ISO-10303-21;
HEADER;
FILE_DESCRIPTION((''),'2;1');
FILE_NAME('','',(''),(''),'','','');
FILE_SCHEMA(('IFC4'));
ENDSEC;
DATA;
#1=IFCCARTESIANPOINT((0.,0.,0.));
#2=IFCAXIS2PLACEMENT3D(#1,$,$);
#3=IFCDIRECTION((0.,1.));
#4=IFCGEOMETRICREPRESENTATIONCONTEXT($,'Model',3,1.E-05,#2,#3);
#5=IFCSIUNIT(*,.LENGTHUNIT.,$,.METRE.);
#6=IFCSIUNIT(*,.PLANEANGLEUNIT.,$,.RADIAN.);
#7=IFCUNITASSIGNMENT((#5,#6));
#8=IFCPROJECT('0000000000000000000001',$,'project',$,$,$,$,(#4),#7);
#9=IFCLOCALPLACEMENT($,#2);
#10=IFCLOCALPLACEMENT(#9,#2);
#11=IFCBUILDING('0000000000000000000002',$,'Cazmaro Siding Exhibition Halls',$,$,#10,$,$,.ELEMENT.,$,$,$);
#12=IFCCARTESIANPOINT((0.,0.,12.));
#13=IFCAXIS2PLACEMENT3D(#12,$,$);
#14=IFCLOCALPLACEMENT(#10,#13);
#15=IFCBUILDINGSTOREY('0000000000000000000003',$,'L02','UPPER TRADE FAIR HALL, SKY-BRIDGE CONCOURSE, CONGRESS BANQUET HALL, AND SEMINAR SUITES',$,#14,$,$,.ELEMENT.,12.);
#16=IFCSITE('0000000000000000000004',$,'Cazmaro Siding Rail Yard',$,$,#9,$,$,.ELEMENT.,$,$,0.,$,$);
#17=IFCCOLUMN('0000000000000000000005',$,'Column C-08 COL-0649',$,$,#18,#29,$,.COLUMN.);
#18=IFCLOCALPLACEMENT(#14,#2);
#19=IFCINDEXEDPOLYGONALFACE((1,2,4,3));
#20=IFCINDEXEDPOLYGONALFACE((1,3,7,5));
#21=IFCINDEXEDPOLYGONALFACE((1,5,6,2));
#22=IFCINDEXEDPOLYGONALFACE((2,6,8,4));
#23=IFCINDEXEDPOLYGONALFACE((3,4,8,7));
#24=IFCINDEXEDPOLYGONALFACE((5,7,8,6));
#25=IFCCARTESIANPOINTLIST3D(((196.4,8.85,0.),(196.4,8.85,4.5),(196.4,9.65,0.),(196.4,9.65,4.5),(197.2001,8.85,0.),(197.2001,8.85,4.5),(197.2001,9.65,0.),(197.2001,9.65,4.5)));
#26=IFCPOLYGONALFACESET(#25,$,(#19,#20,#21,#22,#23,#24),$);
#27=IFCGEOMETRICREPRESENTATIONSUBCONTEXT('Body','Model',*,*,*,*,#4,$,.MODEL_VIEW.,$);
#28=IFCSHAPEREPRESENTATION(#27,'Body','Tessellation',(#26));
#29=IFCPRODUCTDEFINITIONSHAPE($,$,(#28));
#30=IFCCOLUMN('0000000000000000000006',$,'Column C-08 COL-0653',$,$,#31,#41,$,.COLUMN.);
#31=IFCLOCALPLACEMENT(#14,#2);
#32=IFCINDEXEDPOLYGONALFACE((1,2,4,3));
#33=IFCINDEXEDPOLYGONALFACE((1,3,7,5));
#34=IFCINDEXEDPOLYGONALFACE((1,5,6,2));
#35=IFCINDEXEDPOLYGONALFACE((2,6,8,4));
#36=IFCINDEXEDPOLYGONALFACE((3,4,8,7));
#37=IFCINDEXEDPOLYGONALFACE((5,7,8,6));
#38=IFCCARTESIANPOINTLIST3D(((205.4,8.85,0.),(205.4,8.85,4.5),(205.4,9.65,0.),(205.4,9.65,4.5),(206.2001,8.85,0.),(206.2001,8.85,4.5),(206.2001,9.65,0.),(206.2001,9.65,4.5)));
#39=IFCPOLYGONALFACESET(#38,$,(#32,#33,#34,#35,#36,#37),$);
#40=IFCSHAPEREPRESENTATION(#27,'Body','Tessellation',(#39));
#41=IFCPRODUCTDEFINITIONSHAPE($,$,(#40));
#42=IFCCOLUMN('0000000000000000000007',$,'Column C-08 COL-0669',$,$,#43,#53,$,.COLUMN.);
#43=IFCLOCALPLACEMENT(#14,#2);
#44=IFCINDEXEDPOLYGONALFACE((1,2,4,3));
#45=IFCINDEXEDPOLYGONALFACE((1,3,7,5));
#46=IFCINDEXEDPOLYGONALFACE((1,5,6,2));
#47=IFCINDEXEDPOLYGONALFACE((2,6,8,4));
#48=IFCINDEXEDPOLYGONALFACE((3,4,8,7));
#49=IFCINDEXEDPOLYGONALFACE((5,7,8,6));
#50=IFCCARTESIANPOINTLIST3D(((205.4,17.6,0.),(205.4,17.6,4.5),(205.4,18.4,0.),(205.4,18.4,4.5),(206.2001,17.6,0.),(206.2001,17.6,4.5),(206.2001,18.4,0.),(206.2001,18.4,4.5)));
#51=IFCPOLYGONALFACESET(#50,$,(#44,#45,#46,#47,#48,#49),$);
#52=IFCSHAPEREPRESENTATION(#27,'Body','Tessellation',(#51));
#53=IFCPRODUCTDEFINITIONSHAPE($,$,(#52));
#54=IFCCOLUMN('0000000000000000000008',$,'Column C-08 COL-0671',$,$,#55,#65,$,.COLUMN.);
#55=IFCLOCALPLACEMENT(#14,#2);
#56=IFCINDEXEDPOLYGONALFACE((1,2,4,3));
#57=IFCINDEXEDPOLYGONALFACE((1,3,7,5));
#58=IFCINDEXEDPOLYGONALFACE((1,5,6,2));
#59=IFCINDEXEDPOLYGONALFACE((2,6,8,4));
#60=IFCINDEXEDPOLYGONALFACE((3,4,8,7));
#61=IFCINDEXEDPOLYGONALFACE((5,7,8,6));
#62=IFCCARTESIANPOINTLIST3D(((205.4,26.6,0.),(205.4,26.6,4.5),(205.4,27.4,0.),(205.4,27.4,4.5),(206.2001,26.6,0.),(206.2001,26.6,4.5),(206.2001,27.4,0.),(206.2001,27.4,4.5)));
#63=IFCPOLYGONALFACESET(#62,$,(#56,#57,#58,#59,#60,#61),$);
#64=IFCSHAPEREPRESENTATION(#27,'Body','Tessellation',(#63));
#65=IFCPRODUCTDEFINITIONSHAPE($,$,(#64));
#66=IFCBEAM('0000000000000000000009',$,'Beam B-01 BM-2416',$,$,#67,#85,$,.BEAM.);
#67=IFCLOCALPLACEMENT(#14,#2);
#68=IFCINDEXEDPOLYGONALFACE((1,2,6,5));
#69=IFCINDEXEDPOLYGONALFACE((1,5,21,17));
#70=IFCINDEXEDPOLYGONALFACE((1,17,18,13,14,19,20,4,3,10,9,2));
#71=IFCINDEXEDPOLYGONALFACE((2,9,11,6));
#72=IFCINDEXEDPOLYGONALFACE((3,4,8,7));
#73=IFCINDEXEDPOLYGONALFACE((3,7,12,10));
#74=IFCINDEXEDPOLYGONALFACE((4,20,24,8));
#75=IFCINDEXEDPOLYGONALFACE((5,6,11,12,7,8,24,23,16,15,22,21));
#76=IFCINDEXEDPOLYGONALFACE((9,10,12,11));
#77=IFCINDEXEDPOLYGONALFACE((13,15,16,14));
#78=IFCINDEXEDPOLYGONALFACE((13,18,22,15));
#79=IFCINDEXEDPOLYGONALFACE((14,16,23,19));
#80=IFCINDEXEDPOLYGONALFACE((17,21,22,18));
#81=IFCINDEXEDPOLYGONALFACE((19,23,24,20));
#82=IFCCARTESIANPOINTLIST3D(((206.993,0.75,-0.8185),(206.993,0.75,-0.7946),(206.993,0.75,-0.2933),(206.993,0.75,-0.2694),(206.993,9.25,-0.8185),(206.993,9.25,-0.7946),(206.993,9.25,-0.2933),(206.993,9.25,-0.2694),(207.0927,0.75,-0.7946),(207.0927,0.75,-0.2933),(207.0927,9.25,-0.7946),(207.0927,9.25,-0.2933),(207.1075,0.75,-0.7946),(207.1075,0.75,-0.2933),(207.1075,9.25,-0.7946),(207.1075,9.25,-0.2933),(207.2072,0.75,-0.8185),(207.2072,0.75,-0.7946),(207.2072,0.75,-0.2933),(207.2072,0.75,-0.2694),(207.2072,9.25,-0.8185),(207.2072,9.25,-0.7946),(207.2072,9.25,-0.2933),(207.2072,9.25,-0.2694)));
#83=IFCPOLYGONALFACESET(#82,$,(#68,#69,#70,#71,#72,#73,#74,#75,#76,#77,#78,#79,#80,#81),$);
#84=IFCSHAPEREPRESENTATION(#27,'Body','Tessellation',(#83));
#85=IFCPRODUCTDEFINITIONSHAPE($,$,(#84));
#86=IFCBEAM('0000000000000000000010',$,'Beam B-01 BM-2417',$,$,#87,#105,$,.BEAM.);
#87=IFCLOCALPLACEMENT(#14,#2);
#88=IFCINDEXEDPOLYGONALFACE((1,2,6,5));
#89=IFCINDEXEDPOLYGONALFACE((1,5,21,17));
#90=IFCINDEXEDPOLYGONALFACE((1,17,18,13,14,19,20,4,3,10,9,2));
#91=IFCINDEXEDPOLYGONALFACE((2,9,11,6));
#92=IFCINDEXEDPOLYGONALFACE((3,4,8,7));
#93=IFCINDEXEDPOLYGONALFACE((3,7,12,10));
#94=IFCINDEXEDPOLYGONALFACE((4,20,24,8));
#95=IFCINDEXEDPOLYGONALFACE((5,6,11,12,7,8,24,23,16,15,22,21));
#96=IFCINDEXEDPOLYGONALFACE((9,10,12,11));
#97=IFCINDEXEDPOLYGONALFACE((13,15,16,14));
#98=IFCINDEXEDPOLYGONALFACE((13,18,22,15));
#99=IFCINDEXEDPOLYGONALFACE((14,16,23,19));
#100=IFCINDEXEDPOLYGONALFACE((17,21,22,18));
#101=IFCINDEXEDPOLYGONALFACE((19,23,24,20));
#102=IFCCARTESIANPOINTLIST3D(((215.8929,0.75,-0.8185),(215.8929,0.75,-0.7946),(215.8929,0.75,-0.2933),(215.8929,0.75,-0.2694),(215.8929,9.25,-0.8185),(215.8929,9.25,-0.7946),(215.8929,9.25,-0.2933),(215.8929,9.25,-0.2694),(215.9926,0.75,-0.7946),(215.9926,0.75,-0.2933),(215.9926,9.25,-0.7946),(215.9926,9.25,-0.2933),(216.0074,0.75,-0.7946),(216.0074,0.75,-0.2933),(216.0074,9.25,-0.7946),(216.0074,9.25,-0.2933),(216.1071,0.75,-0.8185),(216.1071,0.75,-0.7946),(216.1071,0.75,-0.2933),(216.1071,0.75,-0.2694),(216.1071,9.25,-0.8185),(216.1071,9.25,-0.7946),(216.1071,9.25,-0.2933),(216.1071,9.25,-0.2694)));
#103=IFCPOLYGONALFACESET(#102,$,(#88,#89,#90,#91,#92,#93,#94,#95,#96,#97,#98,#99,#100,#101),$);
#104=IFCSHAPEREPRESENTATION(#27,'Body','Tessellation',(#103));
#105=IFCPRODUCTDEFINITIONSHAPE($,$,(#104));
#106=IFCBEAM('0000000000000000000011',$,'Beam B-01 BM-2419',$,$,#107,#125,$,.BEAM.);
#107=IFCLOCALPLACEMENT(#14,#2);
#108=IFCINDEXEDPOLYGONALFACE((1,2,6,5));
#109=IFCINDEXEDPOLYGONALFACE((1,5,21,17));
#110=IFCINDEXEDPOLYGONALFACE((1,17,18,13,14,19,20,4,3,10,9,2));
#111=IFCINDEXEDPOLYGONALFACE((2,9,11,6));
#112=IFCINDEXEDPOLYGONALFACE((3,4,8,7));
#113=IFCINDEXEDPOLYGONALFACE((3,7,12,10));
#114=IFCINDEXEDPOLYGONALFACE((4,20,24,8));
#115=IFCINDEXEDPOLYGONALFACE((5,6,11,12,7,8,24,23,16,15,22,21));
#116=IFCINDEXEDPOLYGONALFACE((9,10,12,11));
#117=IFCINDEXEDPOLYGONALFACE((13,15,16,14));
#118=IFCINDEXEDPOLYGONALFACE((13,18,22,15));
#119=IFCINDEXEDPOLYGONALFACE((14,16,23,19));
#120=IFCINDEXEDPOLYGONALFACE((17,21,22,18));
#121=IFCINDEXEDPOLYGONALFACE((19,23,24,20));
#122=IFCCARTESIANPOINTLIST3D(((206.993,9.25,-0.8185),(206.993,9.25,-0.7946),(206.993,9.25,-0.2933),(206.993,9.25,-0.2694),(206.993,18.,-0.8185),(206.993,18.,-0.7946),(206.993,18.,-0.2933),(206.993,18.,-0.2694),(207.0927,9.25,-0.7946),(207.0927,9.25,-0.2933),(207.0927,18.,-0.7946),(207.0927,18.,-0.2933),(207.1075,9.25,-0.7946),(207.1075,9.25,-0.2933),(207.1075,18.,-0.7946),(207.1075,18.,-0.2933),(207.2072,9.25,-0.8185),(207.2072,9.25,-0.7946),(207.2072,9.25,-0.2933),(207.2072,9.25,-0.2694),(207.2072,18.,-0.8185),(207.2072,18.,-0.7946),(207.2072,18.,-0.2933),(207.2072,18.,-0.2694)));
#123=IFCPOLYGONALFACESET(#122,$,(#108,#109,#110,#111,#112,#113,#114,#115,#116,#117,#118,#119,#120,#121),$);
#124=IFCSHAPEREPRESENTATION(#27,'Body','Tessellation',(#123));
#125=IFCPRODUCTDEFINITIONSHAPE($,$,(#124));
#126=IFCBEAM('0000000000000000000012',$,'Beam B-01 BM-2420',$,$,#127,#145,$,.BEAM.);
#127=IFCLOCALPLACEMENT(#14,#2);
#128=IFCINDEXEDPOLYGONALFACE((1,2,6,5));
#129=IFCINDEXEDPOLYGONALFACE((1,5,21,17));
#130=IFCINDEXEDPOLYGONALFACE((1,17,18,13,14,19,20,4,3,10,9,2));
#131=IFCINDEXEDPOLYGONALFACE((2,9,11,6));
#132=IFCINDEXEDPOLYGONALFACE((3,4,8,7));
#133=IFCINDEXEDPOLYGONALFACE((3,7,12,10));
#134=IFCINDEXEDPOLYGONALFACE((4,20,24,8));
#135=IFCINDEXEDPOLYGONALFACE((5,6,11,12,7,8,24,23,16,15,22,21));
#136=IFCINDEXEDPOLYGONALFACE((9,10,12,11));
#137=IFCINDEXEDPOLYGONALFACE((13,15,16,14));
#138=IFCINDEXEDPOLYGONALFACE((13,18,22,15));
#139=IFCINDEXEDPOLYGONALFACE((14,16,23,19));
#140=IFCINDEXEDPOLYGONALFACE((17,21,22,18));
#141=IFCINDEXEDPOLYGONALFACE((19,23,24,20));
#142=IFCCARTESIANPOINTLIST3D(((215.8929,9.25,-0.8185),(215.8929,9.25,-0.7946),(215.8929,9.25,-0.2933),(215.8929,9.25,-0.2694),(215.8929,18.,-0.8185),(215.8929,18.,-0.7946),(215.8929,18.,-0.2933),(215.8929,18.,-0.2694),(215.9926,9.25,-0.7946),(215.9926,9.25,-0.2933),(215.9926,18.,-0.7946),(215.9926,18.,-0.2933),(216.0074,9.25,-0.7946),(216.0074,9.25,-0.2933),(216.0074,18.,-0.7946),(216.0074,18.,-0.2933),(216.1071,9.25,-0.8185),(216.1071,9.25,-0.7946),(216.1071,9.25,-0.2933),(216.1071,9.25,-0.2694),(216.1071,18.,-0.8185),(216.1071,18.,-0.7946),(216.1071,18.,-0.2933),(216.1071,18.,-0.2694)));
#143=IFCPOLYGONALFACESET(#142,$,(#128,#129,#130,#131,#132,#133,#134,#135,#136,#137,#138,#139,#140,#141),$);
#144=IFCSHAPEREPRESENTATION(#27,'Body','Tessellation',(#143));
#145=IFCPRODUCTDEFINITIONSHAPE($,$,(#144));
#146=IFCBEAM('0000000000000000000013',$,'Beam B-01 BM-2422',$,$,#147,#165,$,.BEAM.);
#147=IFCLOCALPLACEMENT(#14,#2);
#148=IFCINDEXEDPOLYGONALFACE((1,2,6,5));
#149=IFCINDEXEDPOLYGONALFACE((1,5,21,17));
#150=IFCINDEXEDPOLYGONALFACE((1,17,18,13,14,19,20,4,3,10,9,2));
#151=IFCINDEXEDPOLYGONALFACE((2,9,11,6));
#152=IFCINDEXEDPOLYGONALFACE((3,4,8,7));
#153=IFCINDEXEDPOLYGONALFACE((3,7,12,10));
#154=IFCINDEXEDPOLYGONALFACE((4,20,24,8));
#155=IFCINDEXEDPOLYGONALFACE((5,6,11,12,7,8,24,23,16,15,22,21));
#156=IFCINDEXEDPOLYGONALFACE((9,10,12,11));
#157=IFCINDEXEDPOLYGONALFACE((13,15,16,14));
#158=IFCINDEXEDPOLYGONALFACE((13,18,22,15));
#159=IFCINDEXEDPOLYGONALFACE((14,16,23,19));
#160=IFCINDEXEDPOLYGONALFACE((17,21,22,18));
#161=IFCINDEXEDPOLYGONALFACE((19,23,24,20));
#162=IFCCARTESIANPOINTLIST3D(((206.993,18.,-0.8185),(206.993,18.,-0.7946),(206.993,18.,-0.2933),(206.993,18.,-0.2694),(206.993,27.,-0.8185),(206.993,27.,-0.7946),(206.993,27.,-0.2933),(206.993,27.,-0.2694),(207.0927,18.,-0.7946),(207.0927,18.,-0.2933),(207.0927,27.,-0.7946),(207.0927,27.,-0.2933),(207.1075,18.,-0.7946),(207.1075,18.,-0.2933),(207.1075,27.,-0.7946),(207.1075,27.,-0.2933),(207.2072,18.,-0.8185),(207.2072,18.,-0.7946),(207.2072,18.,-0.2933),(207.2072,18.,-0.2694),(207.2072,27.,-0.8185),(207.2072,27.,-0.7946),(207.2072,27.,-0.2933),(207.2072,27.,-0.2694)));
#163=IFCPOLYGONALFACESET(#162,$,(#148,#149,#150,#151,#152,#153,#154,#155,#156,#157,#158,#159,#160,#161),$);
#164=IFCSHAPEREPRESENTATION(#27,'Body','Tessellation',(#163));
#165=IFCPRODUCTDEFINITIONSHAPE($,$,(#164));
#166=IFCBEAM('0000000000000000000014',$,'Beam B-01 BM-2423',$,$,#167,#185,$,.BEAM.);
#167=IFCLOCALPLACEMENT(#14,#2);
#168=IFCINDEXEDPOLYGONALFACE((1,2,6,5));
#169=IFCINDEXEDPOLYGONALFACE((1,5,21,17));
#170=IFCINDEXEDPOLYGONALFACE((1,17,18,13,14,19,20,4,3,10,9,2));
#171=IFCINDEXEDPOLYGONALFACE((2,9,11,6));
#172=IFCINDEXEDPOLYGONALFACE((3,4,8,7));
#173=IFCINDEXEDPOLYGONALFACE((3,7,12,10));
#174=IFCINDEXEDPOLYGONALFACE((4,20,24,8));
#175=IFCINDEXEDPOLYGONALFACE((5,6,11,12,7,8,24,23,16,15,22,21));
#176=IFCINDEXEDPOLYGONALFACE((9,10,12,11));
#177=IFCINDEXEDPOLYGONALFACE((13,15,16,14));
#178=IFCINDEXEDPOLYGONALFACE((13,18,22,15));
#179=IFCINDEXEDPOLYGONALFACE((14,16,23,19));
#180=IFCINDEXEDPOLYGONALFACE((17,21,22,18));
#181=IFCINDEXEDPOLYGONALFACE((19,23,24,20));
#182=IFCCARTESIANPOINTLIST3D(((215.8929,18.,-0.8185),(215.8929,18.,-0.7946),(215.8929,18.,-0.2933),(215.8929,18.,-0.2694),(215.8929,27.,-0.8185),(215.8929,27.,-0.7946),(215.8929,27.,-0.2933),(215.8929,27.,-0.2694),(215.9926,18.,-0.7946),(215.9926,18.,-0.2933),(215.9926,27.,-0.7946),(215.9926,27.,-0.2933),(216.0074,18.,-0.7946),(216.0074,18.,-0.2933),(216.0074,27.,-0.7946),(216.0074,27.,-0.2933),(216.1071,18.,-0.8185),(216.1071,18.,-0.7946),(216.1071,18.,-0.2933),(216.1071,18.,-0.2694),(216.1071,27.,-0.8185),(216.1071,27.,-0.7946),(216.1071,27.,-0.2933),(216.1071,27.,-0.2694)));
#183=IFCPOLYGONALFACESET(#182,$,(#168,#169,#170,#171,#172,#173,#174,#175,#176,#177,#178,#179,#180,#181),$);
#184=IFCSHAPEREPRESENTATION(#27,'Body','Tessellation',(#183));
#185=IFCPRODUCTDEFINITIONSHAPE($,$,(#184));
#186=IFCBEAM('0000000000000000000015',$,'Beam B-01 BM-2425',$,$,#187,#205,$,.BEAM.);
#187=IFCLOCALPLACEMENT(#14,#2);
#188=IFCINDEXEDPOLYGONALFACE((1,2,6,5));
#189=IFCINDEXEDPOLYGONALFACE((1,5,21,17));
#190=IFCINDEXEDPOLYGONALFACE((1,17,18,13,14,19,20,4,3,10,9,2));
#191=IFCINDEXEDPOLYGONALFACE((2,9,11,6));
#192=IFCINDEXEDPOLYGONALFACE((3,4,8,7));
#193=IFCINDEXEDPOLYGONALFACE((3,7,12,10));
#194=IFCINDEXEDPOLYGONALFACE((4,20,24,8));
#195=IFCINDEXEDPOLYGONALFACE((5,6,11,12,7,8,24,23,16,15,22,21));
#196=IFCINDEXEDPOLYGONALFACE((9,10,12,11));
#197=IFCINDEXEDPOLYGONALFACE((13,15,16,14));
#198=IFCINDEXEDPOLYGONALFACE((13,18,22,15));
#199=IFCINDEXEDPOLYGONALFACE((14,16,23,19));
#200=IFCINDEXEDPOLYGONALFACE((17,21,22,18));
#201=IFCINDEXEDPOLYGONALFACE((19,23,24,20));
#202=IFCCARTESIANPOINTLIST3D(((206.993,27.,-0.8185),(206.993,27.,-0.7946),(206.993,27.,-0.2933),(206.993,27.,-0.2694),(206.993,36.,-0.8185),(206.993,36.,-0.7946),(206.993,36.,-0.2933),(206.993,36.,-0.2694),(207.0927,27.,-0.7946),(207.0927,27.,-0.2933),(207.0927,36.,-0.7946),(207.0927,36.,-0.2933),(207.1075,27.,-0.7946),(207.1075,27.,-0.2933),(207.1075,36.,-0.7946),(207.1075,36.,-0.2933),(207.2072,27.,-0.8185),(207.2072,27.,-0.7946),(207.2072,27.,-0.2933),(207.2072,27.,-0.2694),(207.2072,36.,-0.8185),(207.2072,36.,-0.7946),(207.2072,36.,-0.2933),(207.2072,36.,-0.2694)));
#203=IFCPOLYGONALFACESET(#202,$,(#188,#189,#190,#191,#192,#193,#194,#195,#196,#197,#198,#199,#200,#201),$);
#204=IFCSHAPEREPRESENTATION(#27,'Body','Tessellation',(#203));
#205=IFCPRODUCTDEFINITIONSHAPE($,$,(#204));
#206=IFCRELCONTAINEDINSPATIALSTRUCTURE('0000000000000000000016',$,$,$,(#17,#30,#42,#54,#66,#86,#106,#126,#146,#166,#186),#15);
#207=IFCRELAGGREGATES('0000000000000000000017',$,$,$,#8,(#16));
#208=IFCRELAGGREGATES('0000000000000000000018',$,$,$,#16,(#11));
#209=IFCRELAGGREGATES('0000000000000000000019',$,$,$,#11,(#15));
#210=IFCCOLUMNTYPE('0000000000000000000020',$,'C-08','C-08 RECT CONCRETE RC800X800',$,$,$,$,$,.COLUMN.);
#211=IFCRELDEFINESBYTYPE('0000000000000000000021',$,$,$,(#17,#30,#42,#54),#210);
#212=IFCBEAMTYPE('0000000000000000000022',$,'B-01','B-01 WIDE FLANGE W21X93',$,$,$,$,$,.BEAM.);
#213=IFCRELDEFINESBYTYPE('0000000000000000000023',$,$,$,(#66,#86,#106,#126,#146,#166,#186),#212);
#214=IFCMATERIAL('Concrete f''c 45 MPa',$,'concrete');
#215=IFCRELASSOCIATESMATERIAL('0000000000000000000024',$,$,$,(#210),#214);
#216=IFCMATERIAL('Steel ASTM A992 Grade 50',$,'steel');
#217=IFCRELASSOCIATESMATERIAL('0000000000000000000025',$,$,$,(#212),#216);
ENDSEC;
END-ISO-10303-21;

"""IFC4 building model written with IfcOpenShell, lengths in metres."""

from ifc_helpers import new_model, si_unit, direction, frame, origin, origin_2d, place, context, subcontext, project, spatial, rectangle, i_section, extrude, material, material_profile, profile_set, type_object, element, save


model = new_model("IFC4")

# Units and contexts
model_context = context("Model", 3, precision=1e-05, world=origin(), true_north=direction((0.0, 1.0)))
body_context = subcontext(model_context, "Body", "Model", "MODEL_VIEW")
ifc_project = project(units=[si_unit("LENGTHUNIT", "METRE"), si_unit("PLANEANGLEUNIT", "RADIAN")], contexts=[model_context])

# Site, building, storey
site_placement = place(None, origin())
site = spatial("IfcSite", under=ifc_project, at=site_placement, Name="Cazmaro Siding Rail Yard", CompositionType="ELEMENT", RefElevation=0.0)
building_placement = place(site_placement, origin())
building = spatial("IfcBuilding", under=site, at=building_placement, Name="Cazmaro Siding Exhibition Halls", CompositionType="ELEMENT")
storey_placement = place(building_placement, frame((0.0, 0.0, 12.0)))
storey = spatial("IfcBuildingStorey", under=building, at=storey_placement, Name="L02", Description="UPPER TRADE FAIR HALL, SKY-BRIDGE CONCOURSE, CONGRESS BANQUET HALL, AND SEMINAR SUITES", CompositionType="ELEMENT", Elevation=12.0)

# Columns
ifc_material_1 = material(Name="Concrete f'c 45 MPa", Category="concrete")
ifc_material_profile_1 = material_profile(ifc_material_1, rectangle(XDim=0.8, YDim=0.8, at=origin_2d()), Name="RC800X800")
ifc_profile_set_1 = profile_set([ifc_material_profile_1], Name="Concrete f'c 45 MPa")
column_type = type_object("IfcColumnType", Name="C-08", Description="C-08 RECT CONCRETE RC800X800", PredefinedType="COLUMN", material=ifc_profile_set_1)
for number, where, z_axis, x_axis, name in (
    (1, (196.8, 9.25, 0.0), (0.0, 0.0, 1.0), (1.0, 0.0, 0.0), "Column C-08 COL-0649"),
    (2, (205.8, 9.25, 0.0), (0.0, 0.0, 1.0), (1.0, 0.0, 0.0), "Column C-08 COL-0653"),
    (3, (205.8, 18.0, 0.0), (0.0, 0.0, 1.0), (1.0, 0.0, 0.0), "Column C-08 COL-0669"),
    (4, (205.8, 27.0, 0.0), (0.0, 0.0, 1.0), (1.0, 0.0, 0.0), "Column C-08 COL-0671"),
):
    element("IfcColumn", number, at=place(storey_placement, frame(where, z_axis=z_axis, x_axis=x_axis)), inside=storey, type_object=column_type, Name=name, PredefinedType="COLUMN", context=body_context, shape_type="SweptSolid", body=[
        extrude(rectangle(XDim=0.8, YDim=0.8, at=origin_2d()), origin(), (0.0, 0.0, 1.0), 4.5),
    ])

# Beams
ifc_material_2 = material(Name="Steel ASTM A992 Grade 50", Category="steel")
ifc_material_profile_2 = material_profile(ifc_material_2, i_section(OverallWidth=0.2141, OverallDepth=0.5491, WebThickness=0.0149, FlangeThickness=0.0239, at=origin_2d()), Name="W21X93")
ifc_profile_set_2 = profile_set([ifc_material_profile_2], Name="Steel ASTM A992 Grade 50")
beam_type_1 = type_object("IfcBeamType", Name="B-01", Description="B-01 WIDE FLANGE W21X93", PredefinedType="BEAM", material=ifc_profile_set_2)
for number, where, z_axis, x_axis, name in (
    (5, (207.1001, 0.75, -0.5439), (0.0, 1.0, 0.0), (-1.0, 0.0, 0.0), "Beam B-01 BM-2416"),
    (6, (216.0, 0.75, -0.5439), (0.0, 1.0, 0.0), (-1.0, 0.0, 0.0), "Beam B-01 BM-2417"),
):
    element("IfcBeam", number, at=place(storey_placement, frame(where, z_axis=z_axis, x_axis=x_axis)), inside=storey, type_object=beam_type_1, Name=name, PredefinedType="BEAM", context=body_context, shape_type="SweptSolid", body=[
        extrude(i_section(OverallWidth=0.2141, OverallDepth=0.5491, WebThickness=0.0149, FlangeThickness=0.0239, at=origin_2d()), origin(), (0.0, 0.0, 1.0), 8.5),
    ])
for number, where, z_axis, x_axis, name in (
    (7, (207.1001, 9.25, -0.5439), (0.0, 1.0, 0.0), (-1.0, 0.0, 0.0), "Beam B-01 BM-2419"),
    (8, (216.0, 9.25, -0.5439), (0.0, 1.0, 0.0), (-1.0, 0.0, 0.0), "Beam B-01 BM-2420"),
):
    element("IfcBeam", number, at=place(storey_placement, frame(where, z_axis=z_axis, x_axis=x_axis)), inside=storey, type_object=beam_type_1, Name=name, PredefinedType="BEAM", context=body_context, shape_type="SweptSolid", body=[
        extrude(i_section(OverallWidth=0.2141, OverallDepth=0.5491, WebThickness=0.0149, FlangeThickness=0.0239, at=origin_2d()), origin(), (0.0, 0.0, 1.0), 8.75),
    ])
for number, where, z_axis, x_axis, name in (
    (9, (207.1001, 18.0, -0.5439), (0.0, 1.0, 0.0), (-1.0, 0.0, 0.0), "Beam B-01 BM-2422"),
    (10, (216.0, 18.0, -0.5439), (0.0, 1.0, 0.0), (-1.0, 0.0, 0.0), "Beam B-01 BM-2423"),
    (11, (207.1001, 27.0, -0.5439), (0.0, 1.0, 0.0), (-1.0, 0.0, 0.0), "Beam B-01 BM-2425"),
):
    element("IfcBeam", number, at=place(storey_placement, frame(where, z_axis=z_axis, x_axis=x_axis)), inside=storey, type_object=beam_type_1, Name=name, PredefinedType="BEAM", context=body_context, shape_type="SweptSolid", body=[
        extrude(i_section(OverallWidth=0.2141, OverallDepth=0.5491, WebThickness=0.0149, FlangeThickness=0.0239, at=origin_2d()), origin(), (0.0, 0.0, 1.0), 9.0),
    ])

save(model, "model.ifc")
